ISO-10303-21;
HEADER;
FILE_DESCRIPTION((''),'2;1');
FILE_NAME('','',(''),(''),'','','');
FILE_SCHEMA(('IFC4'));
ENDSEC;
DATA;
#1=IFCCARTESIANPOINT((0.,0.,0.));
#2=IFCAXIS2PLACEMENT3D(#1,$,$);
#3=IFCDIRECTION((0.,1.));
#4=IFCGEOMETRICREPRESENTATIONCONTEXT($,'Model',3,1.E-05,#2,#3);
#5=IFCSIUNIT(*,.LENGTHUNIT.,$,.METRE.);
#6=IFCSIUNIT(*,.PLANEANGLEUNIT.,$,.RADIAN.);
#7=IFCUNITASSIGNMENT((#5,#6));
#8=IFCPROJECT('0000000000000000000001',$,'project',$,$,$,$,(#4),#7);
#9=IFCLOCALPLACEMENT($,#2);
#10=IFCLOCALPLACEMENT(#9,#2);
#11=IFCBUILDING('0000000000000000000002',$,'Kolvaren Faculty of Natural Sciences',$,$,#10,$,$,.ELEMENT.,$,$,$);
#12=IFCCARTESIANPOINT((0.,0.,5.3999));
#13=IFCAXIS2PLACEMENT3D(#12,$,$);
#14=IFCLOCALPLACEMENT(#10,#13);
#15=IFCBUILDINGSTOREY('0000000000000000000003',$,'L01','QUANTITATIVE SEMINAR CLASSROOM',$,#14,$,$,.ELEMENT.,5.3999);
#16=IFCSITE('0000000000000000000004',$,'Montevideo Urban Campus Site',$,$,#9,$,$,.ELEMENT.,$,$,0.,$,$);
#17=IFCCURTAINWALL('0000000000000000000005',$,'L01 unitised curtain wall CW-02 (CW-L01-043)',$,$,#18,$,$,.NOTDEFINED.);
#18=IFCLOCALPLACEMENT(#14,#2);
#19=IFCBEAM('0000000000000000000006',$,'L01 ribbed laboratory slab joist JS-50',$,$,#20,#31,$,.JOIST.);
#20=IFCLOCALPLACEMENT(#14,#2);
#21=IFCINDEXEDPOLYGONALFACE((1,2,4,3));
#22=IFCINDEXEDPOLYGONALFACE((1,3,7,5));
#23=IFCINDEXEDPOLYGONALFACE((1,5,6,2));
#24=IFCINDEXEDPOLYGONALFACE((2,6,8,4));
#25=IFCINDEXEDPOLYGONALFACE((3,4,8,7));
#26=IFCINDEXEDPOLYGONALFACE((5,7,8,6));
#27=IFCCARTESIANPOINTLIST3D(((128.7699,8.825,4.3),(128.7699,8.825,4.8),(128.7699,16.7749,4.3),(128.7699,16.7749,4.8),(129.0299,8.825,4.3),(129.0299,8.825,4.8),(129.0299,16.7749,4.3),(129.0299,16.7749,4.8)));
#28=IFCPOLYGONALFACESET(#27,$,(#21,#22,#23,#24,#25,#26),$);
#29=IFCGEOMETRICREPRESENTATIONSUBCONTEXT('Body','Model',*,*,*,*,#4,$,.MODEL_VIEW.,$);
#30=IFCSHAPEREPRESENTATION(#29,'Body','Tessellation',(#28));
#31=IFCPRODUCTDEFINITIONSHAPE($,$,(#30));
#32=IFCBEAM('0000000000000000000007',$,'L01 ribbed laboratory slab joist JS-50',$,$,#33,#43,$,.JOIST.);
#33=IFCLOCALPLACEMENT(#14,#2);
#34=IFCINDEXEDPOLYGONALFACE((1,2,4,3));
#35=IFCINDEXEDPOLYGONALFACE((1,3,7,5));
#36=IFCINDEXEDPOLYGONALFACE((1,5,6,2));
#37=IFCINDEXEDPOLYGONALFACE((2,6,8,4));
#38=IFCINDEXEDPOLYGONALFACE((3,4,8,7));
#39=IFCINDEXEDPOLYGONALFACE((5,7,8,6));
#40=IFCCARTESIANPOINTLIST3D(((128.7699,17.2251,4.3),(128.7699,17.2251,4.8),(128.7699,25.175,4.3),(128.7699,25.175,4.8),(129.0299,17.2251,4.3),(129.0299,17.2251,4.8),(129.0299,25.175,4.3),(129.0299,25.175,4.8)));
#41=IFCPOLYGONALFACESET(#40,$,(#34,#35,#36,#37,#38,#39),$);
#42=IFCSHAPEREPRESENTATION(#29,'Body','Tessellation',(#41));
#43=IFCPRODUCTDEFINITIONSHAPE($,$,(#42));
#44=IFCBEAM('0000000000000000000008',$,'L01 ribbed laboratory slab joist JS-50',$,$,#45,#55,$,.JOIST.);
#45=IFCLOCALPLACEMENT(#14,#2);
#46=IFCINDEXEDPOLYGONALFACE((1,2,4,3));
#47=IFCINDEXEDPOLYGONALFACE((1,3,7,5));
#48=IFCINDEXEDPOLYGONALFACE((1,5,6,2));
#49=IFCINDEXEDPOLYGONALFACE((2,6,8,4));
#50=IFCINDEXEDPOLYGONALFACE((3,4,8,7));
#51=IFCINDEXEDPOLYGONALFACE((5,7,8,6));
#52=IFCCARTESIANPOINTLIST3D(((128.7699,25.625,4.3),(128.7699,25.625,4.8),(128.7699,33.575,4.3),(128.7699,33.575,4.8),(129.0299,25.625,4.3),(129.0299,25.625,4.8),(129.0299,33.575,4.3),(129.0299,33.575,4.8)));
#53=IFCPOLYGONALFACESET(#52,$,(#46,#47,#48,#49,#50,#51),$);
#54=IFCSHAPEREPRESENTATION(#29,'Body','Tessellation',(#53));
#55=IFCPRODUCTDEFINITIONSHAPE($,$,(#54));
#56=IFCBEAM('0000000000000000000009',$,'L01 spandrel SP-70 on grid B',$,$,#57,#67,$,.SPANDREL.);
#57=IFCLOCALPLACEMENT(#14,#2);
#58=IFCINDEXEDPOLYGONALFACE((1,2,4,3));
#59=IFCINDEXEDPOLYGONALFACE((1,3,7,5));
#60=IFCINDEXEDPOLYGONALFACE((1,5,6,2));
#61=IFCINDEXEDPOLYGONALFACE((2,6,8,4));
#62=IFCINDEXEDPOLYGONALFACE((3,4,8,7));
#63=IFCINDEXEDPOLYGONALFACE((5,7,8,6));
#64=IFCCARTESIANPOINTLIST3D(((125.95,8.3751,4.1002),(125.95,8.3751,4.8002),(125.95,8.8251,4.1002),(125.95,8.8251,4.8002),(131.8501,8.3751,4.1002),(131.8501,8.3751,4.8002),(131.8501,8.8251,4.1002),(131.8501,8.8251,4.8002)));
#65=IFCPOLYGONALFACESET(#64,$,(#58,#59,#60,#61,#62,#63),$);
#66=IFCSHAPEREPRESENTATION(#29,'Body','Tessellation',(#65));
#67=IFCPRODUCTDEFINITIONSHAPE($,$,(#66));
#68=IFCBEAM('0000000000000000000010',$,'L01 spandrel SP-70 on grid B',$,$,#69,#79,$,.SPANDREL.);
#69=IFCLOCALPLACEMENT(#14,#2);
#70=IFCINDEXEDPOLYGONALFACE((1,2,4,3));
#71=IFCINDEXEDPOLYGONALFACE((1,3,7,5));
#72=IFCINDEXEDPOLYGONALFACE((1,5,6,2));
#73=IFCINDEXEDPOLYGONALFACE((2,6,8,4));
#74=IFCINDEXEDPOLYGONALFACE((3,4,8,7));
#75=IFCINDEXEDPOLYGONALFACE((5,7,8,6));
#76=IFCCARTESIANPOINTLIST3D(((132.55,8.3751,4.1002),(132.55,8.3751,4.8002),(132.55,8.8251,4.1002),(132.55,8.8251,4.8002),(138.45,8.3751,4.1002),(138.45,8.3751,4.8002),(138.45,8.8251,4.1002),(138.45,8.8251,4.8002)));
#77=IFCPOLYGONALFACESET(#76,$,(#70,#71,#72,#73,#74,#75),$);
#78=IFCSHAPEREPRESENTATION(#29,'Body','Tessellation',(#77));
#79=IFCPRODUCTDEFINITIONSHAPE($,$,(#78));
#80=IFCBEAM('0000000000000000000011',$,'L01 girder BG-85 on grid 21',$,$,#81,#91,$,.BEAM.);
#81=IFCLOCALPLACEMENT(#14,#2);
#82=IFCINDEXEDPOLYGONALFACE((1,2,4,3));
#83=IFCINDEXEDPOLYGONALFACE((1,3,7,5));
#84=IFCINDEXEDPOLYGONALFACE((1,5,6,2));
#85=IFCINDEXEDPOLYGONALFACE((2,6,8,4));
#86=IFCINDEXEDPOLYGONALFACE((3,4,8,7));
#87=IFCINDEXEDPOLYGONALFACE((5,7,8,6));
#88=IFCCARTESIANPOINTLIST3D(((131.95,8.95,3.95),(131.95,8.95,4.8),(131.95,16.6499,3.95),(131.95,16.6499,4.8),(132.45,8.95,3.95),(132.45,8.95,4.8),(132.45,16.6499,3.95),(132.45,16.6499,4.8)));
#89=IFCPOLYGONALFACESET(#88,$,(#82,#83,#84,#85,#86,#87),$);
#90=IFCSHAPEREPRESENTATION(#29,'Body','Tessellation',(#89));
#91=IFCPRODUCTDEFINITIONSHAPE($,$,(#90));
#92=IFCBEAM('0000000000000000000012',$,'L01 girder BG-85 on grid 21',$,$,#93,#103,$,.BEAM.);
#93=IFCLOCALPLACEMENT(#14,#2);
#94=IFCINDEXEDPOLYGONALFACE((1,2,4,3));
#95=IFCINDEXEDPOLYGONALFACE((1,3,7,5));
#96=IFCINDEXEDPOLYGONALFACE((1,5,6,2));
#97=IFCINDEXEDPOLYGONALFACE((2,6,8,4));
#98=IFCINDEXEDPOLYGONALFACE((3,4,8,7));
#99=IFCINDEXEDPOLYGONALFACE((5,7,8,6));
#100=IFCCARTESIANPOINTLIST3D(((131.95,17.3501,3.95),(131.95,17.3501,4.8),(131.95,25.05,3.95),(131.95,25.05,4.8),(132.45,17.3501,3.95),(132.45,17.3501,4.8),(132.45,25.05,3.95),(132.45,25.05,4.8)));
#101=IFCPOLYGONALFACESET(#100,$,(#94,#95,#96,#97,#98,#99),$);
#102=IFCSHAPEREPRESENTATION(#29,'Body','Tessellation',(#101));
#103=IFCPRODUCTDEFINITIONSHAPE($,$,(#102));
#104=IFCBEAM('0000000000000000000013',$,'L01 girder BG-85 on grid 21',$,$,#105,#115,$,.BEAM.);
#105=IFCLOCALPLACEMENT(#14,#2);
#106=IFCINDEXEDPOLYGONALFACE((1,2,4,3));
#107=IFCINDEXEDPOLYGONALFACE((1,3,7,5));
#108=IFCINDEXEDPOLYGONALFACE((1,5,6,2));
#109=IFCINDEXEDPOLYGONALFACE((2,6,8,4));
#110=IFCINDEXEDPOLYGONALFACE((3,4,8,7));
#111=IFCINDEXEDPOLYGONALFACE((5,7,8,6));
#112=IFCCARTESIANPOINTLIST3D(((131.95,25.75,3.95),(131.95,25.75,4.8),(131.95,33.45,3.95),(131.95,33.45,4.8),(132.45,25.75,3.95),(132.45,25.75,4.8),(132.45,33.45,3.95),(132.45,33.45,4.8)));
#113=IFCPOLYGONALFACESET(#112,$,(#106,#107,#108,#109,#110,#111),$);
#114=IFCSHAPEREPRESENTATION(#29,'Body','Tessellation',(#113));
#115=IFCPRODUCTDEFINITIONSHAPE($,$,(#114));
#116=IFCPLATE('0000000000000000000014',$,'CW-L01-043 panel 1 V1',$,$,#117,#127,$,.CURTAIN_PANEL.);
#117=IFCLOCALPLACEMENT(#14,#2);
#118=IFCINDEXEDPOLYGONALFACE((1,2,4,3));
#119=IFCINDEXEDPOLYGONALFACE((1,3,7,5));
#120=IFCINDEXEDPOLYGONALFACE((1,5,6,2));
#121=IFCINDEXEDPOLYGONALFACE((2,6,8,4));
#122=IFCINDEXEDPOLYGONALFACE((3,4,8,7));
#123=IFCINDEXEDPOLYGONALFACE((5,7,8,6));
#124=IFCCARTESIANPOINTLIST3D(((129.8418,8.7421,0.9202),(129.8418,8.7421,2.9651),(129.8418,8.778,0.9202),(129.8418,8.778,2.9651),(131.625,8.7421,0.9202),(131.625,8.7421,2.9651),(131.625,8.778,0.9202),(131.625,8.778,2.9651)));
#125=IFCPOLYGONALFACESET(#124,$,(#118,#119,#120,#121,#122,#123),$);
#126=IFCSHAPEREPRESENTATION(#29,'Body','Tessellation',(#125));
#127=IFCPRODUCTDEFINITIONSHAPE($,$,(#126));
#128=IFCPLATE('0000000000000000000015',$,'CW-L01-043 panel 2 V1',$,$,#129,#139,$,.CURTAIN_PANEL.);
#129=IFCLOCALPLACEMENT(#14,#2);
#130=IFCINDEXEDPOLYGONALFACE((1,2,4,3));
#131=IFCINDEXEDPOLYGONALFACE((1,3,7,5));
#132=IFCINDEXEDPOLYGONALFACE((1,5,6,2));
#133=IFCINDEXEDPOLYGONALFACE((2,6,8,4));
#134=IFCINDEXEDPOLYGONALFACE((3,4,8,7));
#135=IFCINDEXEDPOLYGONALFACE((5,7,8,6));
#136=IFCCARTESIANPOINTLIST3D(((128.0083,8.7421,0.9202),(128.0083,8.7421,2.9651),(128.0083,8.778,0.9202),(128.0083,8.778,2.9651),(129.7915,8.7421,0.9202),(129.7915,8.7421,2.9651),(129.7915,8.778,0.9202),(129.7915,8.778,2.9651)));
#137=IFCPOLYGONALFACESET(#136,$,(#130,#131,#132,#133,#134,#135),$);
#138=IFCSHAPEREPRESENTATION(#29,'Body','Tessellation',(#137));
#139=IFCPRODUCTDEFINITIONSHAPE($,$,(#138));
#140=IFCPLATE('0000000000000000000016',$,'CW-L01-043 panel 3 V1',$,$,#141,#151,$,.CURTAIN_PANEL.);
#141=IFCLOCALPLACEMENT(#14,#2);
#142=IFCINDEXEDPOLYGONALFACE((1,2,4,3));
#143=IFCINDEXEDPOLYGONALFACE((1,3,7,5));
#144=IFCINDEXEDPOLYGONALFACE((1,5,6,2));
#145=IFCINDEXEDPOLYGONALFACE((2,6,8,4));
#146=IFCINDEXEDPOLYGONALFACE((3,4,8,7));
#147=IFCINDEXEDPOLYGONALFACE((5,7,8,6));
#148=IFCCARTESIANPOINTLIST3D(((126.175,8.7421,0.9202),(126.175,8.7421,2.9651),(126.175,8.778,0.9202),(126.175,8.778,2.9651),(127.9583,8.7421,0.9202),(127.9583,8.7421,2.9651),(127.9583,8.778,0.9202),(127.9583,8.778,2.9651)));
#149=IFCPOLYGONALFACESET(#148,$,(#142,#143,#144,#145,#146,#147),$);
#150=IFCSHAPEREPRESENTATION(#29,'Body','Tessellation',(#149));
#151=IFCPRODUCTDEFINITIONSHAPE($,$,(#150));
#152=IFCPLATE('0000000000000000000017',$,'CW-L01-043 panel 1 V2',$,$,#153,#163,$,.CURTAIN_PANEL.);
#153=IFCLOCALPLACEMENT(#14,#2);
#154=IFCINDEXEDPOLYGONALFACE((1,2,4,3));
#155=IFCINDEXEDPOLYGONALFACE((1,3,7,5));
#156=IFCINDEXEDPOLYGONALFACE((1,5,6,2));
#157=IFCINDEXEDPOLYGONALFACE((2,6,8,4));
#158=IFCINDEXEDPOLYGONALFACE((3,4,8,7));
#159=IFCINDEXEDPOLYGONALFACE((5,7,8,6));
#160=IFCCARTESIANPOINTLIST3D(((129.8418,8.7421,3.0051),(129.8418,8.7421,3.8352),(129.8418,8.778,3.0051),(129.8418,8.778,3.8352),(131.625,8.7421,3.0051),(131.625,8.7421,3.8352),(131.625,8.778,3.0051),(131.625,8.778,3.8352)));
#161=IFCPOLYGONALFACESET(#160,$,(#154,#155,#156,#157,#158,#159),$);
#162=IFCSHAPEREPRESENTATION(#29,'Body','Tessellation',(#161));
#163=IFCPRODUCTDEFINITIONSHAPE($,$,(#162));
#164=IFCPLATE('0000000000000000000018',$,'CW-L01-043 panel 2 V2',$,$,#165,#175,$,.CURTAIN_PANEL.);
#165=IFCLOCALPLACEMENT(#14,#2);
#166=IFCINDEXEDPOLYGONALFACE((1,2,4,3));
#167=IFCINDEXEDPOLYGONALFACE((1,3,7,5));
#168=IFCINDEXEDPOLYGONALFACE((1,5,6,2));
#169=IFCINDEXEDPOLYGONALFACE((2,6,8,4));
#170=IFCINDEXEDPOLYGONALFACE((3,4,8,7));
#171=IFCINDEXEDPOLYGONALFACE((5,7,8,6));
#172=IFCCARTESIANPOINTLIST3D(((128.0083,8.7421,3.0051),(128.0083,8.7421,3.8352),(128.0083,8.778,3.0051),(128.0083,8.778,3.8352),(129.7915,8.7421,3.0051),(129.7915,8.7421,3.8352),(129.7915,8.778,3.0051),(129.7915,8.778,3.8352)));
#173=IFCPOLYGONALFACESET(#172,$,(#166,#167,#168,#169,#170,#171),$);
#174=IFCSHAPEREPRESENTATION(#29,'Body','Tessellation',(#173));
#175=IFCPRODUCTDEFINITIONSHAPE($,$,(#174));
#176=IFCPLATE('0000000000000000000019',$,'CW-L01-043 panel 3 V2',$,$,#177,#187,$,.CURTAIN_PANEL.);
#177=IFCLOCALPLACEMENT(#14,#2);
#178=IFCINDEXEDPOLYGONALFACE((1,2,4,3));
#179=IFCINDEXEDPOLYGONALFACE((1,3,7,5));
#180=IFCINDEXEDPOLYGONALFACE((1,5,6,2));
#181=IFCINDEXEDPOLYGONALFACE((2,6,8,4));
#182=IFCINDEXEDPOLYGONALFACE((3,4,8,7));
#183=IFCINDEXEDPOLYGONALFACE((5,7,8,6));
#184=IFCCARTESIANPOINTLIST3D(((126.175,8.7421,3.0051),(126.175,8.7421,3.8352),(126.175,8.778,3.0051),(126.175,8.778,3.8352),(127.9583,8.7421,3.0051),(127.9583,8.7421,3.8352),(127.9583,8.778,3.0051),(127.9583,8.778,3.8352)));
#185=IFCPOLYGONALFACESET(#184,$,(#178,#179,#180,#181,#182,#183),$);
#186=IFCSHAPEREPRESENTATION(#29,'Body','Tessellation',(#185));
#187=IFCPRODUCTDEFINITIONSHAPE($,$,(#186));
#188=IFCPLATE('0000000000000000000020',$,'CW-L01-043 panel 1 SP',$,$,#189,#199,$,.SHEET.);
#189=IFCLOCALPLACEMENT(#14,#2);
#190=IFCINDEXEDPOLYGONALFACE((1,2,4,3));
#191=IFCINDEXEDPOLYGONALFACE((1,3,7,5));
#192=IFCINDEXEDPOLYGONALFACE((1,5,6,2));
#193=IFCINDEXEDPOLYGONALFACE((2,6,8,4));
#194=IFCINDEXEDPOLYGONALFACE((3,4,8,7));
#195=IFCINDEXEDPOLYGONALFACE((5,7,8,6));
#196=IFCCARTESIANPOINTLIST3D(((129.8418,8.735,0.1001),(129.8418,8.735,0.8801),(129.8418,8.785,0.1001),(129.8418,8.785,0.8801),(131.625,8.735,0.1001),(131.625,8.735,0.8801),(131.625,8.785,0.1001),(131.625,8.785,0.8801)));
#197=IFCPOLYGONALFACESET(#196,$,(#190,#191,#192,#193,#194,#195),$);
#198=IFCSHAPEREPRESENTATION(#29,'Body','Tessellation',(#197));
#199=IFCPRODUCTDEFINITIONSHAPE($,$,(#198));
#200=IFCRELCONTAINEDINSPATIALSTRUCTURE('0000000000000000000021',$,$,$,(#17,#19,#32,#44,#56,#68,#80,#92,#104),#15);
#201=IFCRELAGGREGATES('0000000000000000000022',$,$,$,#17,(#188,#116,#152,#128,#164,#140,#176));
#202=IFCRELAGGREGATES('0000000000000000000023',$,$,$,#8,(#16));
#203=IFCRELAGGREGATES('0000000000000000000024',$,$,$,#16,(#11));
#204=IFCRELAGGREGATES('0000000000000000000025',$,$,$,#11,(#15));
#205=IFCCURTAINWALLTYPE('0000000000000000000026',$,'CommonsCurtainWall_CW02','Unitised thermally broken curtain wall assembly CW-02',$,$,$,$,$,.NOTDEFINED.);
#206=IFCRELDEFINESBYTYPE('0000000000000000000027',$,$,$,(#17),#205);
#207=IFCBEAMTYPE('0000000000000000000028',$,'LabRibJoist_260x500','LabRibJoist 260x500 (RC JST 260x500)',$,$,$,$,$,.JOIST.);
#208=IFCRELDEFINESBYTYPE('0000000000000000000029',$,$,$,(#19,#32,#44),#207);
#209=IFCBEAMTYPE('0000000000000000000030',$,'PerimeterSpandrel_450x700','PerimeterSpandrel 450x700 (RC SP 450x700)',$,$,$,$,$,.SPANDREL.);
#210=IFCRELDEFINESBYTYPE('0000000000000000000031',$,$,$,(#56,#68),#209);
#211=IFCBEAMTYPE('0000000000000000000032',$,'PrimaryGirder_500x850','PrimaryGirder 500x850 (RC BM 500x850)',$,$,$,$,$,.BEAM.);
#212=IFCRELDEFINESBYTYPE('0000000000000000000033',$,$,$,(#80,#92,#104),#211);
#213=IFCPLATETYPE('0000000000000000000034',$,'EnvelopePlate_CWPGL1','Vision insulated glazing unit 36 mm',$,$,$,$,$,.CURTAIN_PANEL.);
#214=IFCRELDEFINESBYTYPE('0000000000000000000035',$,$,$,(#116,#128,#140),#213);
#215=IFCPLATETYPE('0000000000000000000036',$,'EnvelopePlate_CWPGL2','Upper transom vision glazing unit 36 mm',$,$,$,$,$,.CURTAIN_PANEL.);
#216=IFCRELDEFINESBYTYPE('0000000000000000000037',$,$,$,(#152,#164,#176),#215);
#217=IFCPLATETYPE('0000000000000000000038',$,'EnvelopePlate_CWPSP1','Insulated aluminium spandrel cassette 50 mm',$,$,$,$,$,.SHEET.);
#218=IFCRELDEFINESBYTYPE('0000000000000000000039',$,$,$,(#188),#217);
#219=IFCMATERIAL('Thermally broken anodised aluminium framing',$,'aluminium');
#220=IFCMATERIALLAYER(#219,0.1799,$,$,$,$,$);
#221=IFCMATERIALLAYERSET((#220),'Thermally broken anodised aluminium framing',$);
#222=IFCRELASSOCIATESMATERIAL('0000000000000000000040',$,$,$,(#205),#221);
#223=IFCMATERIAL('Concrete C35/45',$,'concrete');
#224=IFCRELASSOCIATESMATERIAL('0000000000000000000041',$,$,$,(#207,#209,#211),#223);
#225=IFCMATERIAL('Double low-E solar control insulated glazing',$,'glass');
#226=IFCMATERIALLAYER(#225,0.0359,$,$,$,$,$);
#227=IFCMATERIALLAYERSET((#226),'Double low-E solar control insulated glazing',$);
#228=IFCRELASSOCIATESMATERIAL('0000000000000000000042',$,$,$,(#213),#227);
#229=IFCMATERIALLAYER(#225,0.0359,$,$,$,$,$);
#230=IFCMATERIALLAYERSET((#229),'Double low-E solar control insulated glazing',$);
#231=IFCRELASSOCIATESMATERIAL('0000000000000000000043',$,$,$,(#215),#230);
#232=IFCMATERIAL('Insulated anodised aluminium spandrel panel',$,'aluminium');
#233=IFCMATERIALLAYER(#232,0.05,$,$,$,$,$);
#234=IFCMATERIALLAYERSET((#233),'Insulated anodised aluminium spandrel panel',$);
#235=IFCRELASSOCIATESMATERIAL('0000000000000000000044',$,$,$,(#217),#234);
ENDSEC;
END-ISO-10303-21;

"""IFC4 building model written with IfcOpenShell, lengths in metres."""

from ifc_helpers import new_model, si_unit, direction, frame, origin, origin_2d, place, context, subcontext, project, spatial, rectangle, extrude, material, layer, layer_set, material_profile, profile_set, type_object, element, aggregate, save


model = new_model("IFC4")

# Units and contexts
model_context = context("Model", 3, precision=1e-05, world=origin(), true_north=direction((0.0, 1.0)))
body_context = subcontext(model_context, "Body", "Model", "MODEL_VIEW")
ifc_project = project(units=[si_unit("LENGTHUNIT", "METRE"), si_unit("PLANEANGLEUNIT", "RADIAN")], contexts=[model_context])

# Site, building, storey
site_placement = place(None, origin())
site = spatial("IfcSite", under=ifc_project, at=site_placement, Name="Montevideo Urban Campus Site", CompositionType="ELEMENT", RefElevation=0.0)
building_placement = place(site_placement, origin())
building = spatial("IfcBuilding", under=site, at=building_placement, Name="Kolvaren Faculty of Natural Sciences", CompositionType="ELEMENT")
storey_placement = place(building_placement, frame((0.0, 0.0, 5.3999)))
storey = spatial("IfcBuildingStorey", under=building, at=storey_placement, Name="L01", Description="QUANTITATIVE SEMINAR CLASSROOM", CompositionType="ELEMENT", Elevation=5.3999)

# Curtain wall
ifc_material_1 = material(Name="Thermally broken anodised aluminium framing", Category="aluminium")
ifc_layer_1 = layer(ifc_material_1, 0.1799)
ifc_layer_set_1 = layer_set([ifc_layer_1], Name="Thermally broken anodised aluminium framing")
curtain_wall_type = type_object("IfcCurtainWallType", Name="CommonsCurtainWall_CW02", Description="Unitised thermally broken curtain wall assembly CW-02", PredefinedType="NOTDEFINED", material=ifc_layer_set_1)
curtain_wall_placement = place(storey_placement, origin())
curtain_wall = element("IfcCurtainWall", 1, at=curtain_wall_placement, inside=storey, type_object=curtain_wall_type, Name="L01 unitised curtain wall CW-02 (CW-L01-043)", PredefinedType="NOTDEFINED")

# Beams
ifc_material_2 = material(Name="Concrete C35/45", Category="concrete")
ifc_material_profile_1 = material_profile(ifc_material_2, rectangle(XDim=0.26, YDim=0.5, at=origin_2d()), Name="RC JST 260x500")
ifc_profile_set_1 = profile_set([ifc_material_profile_1], Name="Concrete C35/45")
beam_type_1 = type_object("IfcBeamType", Name="LabRibJoist_260x500", Description="LabRibJoist 260x500 (RC JST 260x500)", PredefinedType="JOIST", material=ifc_profile_set_1)
for number, where, z_axis, x_axis, name in (
    (2, (128.8999, 8.825, 4.55), (0.0, 1.0, 0.0), (-1.0, 0.0, 0.0), "L01 ribbed laboratory slab joist JS-50"),
    (3, (128.8999, 17.2251, 4.55), (0.0, 1.0, 0.0), (-1.0, 0.0, 0.0), "L01 ribbed laboratory slab joist JS-50"),
    (4, (128.8999, 25.625, 4.55), (0.0, 1.0, 0.0), (-1.0, 0.0, 0.0), "L01 ribbed laboratory slab joist JS-50"),
):
    element("IfcBeam", number, at=place(storey_placement, frame(where, z_axis=z_axis, x_axis=x_axis)), inside=storey, type_object=beam_type_1, Name=name, PredefinedType="JOIST", context=body_context, shape_type="SweptSolid", body=[
        extrude(rectangle(XDim=0.26, YDim=0.5, at=origin_2d()), origin(), (0.0, 0.0, 1.0), 7.95),
    ])
ifc_material_profile_2 = material_profile(ifc_material_2, rectangle(XDim=0.45, YDim=0.7, at=origin_2d()), Name="RC SP 450x700")
ifc_profile_set_2 = profile_set([ifc_material_profile_2], Name="Concrete C35/45")
beam_type_2 = type_object("IfcBeamType", Name="PerimeterSpandrel_450x700", Description="PerimeterSpandrel 450x700 (RC SP 450x700)", PredefinedType="SPANDREL", material=ifc_profile_set_2)
beam_1_placement = place(storey_placement, frame((125.95, 8.6001, 4.4502), z_axis=(1.0, 0.0, 0.0), x_axis=(0.0, 1.0, 0.0)))
element("IfcBeam", 5, at=beam_1_placement, inside=storey, type_object=beam_type_2, Name="L01 spandrel SP-70 on grid B", PredefinedType="SPANDREL", context=body_context, shape_type="SweptSolid", body=[
    extrude(rectangle(XDim=0.45, YDim=0.7, at=origin_2d()), origin(), (0.0, 0.0, 1.0), 5.9001),
])
beam_2_placement = place(storey_placement, frame((132.55, 8.6001, 4.4502), z_axis=(1.0, 0.0, 0.0), x_axis=(0.0, 1.0, 0.0)))
element("IfcBeam", 6, at=beam_2_placement, inside=storey, type_object=beam_type_2, Name="L01 spandrel SP-70 on grid B", PredefinedType="SPANDREL", context=body_context, shape_type="SweptSolid", body=[
    extrude(rectangle(XDim=0.45, YDim=0.7, at=origin_2d()), origin(), (0.0, 0.0, 1.0), 5.8999),
])
ifc_material_profile_3 = material_profile(ifc_material_2, rectangle(XDim=0.5, YDim=0.8501, at=origin_2d()), Name="RC BM 500x850")
ifc_profile_set_3 = profile_set([ifc_material_profile_3], Name="Concrete C35/45")
beam_type_3 = type_object("IfcBeamType", Name="PrimaryGirder_500x850", Description="PrimaryGirder 500x850 (RC BM 500x850)", PredefinedType="BEAM", material=ifc_profile_set_3)
for number, where, z_axis, x_axis, name in (
    (7, (132.2, 8.95, 4.375), (0.0, 1.0, 0.0), (-1.0, 0.0, 0.0), "L01 girder BG-85 on grid 21"),
    (8, (132.2, 17.3501, 4.375), (0.0, 1.0, 0.0), (-1.0, 0.0, 0.0), "L01 girder BG-85 on grid 21"),
    (9, (132.2, 25.75, 4.375), (0.0, 1.0, 0.0), (-1.0, 0.0, 0.0), "L01 girder BG-85 on grid 21"),
):
    element("IfcBeam", number, at=place(storey_placement, frame(where, z_axis=z_axis, x_axis=x_axis)), inside=storey, type_object=beam_type_3, Name=name, PredefinedType="BEAM", context=body_context, shape_type="SweptSolid", body=[
        extrude(rectangle(XDim=0.5, YDim=0.8501, at=origin_2d()), origin(), (0.0, 0.0, 1.0), 7.7),
    ])

# Plates
ifc_material_3 = material(Name="Double low-E solar control insulated glazing", Category="glass")
ifc_layer_2 = layer(ifc_material_3, 0.0359)
ifc_layer_set_2 = layer_set([ifc_layer_2], Name="Double low-E solar control insulated glazing")
plate_type_1 = type_object("IfcPlateType", Name="EnvelopePlate_CWPGL1", Description="Vision insulated glazing unit 36 mm", PredefinedType="CURTAIN_PANEL", material=ifc_layer_set_2)
plate_1_placement = place(storey_placement, frame((130.7334, 8.76, 0.9202), z_axis=(0.0, 0.0, 1.0), x_axis=(-1.0, 0.0, 0.0)))
plate_1 = element("IfcPlate", 10, at=plate_1_placement, type_object=plate_type_1, Name="CW-L01-043 panel 1 V1", PredefinedType="CURTAIN_PANEL", context=body_context, shape_type="SweptSolid", body=[
    extrude(rectangle(XDim=1.7832, YDim=0.0359, at=origin_2d()), origin(), (0.0, 0.0, 1.0), 2.0449),
])
plate_2_placement = place(storey_placement, frame((128.8999, 8.76, 0.9202), z_axis=(0.0, 0.0, 1.0), x_axis=(-1.0, 0.0, 0.0)))
plate_2 = element("IfcPlate", 11, at=plate_2_placement, type_object=plate_type_1, Name="CW-L01-043 panel 2 V1", PredefinedType="CURTAIN_PANEL", context=body_context, shape_type="SweptSolid", body=[
    extrude(rectangle(XDim=1.7832, YDim=0.0359, at=origin_2d()), origin(), (0.0, 0.0, 1.0), 2.0449),
])
plate_3_placement = place(storey_placement, frame((127.0667, 8.76, 0.9202), z_axis=(0.0, 0.0, 1.0), x_axis=(-1.0, 0.0, 0.0)))
plate_3 = element("IfcPlate", 12, at=plate_3_placement, type_object=plate_type_1, Name="CW-L01-043 panel 3 V1", PredefinedType="CURTAIN_PANEL", context=body_context, shape_type="SweptSolid", body=[
    extrude(rectangle(XDim=1.7832, YDim=0.0359, at=origin_2d()), origin(), (0.0, 0.0, 1.0), 2.0449),
])
ifc_layer_3 = layer(ifc_material_3, 0.0359)
ifc_layer_set_3 = layer_set([ifc_layer_3], Name="Double low-E solar control insulated glazing")
plate_type_2 = type_object("IfcPlateType", Name="EnvelopePlate_CWPGL2", Description="Upper transom vision glazing unit 36 mm", PredefinedType="CURTAIN_PANEL", material=ifc_layer_set_3)
plate_4_placement = place(storey_placement, frame((130.7334, 8.76, 3.0051), z_axis=(0.0, 0.0, 1.0), x_axis=(-1.0, 0.0, 0.0)))
plate_4 = element("IfcPlate", 13, at=plate_4_placement, type_object=plate_type_2, Name="CW-L01-043 panel 1 V2", PredefinedType="CURTAIN_PANEL", context=body_context, shape_type="SweptSolid", body=[
    extrude(rectangle(XDim=1.7832, YDim=0.0359, at=origin_2d()), origin(), (0.0, 0.0, 1.0), 0.8301),
])
plate_5_placement = place(storey_placement, frame((128.8999, 8.76, 3.0051), z_axis=(0.0, 0.0, 1.0), x_axis=(-1.0, 0.0, 0.0)))
plate_5 = element("IfcPlate", 14, at=plate_5_placement, type_object=plate_type_2, Name="CW-L01-043 panel 2 V2", PredefinedType="CURTAIN_PANEL", context=body_context, shape_type="SweptSolid", body=[
    extrude(rectangle(XDim=1.7832, YDim=0.0359, at=origin_2d()), origin(), (0.0, 0.0, 1.0), 0.8301),
])
plate_6_placement = place(storey_placement, frame((127.0667, 8.76, 3.0051), z_axis=(0.0, 0.0, 1.0), x_axis=(-1.0, 0.0, 0.0)))
plate_6 = element("IfcPlate", 15, at=plate_6_placement, type_object=plate_type_2, Name="CW-L01-043 panel 3 V2", PredefinedType="CURTAIN_PANEL", context=body_context, shape_type="SweptSolid", body=[
    extrude(rectangle(XDim=1.7832, YDim=0.0359, at=origin_2d()), origin(), (0.0, 0.0, 1.0), 0.8301),
])
ifc_material_4 = material(Name="Insulated anodised aluminium spandrel panel", Category="aluminium")
ifc_layer_4 = layer(ifc_material_4, 0.05)
ifc_layer_set_4 = layer_set([ifc_layer_4], Name="Insulated anodised aluminium spandrel panel")
plate_type_3 = type_object("IfcPlateType", Name="EnvelopePlate_CWPSP1", Description="Insulated aluminium spandrel cassette 50 mm", PredefinedType="SHEET", material=ifc_layer_set_4)
plate_7_placement = place(storey_placement, frame((130.7334, 8.76, 0.1001), z_axis=(0.0, 0.0, 1.0), x_axis=(-1.0, 0.0, 0.0)))
plate_7 = element("IfcPlate", 16, at=plate_7_placement, type_object=plate_type_3, Name="CW-L01-043 panel 1 SP", PredefinedType="SHEET", context=body_context, shape_type="SweptSolid", body=[
    extrude(rectangle(XDim=1.7832, YDim=0.05, at=origin_2d()), origin(), (0.0, 0.0, 1.0), 0.78),
])
aggregate(curtain_wall, [plate_7, plate_1, plate_4, plate_2, plate_5, plate_3, plate_6])

save(model, "model.ifc")
